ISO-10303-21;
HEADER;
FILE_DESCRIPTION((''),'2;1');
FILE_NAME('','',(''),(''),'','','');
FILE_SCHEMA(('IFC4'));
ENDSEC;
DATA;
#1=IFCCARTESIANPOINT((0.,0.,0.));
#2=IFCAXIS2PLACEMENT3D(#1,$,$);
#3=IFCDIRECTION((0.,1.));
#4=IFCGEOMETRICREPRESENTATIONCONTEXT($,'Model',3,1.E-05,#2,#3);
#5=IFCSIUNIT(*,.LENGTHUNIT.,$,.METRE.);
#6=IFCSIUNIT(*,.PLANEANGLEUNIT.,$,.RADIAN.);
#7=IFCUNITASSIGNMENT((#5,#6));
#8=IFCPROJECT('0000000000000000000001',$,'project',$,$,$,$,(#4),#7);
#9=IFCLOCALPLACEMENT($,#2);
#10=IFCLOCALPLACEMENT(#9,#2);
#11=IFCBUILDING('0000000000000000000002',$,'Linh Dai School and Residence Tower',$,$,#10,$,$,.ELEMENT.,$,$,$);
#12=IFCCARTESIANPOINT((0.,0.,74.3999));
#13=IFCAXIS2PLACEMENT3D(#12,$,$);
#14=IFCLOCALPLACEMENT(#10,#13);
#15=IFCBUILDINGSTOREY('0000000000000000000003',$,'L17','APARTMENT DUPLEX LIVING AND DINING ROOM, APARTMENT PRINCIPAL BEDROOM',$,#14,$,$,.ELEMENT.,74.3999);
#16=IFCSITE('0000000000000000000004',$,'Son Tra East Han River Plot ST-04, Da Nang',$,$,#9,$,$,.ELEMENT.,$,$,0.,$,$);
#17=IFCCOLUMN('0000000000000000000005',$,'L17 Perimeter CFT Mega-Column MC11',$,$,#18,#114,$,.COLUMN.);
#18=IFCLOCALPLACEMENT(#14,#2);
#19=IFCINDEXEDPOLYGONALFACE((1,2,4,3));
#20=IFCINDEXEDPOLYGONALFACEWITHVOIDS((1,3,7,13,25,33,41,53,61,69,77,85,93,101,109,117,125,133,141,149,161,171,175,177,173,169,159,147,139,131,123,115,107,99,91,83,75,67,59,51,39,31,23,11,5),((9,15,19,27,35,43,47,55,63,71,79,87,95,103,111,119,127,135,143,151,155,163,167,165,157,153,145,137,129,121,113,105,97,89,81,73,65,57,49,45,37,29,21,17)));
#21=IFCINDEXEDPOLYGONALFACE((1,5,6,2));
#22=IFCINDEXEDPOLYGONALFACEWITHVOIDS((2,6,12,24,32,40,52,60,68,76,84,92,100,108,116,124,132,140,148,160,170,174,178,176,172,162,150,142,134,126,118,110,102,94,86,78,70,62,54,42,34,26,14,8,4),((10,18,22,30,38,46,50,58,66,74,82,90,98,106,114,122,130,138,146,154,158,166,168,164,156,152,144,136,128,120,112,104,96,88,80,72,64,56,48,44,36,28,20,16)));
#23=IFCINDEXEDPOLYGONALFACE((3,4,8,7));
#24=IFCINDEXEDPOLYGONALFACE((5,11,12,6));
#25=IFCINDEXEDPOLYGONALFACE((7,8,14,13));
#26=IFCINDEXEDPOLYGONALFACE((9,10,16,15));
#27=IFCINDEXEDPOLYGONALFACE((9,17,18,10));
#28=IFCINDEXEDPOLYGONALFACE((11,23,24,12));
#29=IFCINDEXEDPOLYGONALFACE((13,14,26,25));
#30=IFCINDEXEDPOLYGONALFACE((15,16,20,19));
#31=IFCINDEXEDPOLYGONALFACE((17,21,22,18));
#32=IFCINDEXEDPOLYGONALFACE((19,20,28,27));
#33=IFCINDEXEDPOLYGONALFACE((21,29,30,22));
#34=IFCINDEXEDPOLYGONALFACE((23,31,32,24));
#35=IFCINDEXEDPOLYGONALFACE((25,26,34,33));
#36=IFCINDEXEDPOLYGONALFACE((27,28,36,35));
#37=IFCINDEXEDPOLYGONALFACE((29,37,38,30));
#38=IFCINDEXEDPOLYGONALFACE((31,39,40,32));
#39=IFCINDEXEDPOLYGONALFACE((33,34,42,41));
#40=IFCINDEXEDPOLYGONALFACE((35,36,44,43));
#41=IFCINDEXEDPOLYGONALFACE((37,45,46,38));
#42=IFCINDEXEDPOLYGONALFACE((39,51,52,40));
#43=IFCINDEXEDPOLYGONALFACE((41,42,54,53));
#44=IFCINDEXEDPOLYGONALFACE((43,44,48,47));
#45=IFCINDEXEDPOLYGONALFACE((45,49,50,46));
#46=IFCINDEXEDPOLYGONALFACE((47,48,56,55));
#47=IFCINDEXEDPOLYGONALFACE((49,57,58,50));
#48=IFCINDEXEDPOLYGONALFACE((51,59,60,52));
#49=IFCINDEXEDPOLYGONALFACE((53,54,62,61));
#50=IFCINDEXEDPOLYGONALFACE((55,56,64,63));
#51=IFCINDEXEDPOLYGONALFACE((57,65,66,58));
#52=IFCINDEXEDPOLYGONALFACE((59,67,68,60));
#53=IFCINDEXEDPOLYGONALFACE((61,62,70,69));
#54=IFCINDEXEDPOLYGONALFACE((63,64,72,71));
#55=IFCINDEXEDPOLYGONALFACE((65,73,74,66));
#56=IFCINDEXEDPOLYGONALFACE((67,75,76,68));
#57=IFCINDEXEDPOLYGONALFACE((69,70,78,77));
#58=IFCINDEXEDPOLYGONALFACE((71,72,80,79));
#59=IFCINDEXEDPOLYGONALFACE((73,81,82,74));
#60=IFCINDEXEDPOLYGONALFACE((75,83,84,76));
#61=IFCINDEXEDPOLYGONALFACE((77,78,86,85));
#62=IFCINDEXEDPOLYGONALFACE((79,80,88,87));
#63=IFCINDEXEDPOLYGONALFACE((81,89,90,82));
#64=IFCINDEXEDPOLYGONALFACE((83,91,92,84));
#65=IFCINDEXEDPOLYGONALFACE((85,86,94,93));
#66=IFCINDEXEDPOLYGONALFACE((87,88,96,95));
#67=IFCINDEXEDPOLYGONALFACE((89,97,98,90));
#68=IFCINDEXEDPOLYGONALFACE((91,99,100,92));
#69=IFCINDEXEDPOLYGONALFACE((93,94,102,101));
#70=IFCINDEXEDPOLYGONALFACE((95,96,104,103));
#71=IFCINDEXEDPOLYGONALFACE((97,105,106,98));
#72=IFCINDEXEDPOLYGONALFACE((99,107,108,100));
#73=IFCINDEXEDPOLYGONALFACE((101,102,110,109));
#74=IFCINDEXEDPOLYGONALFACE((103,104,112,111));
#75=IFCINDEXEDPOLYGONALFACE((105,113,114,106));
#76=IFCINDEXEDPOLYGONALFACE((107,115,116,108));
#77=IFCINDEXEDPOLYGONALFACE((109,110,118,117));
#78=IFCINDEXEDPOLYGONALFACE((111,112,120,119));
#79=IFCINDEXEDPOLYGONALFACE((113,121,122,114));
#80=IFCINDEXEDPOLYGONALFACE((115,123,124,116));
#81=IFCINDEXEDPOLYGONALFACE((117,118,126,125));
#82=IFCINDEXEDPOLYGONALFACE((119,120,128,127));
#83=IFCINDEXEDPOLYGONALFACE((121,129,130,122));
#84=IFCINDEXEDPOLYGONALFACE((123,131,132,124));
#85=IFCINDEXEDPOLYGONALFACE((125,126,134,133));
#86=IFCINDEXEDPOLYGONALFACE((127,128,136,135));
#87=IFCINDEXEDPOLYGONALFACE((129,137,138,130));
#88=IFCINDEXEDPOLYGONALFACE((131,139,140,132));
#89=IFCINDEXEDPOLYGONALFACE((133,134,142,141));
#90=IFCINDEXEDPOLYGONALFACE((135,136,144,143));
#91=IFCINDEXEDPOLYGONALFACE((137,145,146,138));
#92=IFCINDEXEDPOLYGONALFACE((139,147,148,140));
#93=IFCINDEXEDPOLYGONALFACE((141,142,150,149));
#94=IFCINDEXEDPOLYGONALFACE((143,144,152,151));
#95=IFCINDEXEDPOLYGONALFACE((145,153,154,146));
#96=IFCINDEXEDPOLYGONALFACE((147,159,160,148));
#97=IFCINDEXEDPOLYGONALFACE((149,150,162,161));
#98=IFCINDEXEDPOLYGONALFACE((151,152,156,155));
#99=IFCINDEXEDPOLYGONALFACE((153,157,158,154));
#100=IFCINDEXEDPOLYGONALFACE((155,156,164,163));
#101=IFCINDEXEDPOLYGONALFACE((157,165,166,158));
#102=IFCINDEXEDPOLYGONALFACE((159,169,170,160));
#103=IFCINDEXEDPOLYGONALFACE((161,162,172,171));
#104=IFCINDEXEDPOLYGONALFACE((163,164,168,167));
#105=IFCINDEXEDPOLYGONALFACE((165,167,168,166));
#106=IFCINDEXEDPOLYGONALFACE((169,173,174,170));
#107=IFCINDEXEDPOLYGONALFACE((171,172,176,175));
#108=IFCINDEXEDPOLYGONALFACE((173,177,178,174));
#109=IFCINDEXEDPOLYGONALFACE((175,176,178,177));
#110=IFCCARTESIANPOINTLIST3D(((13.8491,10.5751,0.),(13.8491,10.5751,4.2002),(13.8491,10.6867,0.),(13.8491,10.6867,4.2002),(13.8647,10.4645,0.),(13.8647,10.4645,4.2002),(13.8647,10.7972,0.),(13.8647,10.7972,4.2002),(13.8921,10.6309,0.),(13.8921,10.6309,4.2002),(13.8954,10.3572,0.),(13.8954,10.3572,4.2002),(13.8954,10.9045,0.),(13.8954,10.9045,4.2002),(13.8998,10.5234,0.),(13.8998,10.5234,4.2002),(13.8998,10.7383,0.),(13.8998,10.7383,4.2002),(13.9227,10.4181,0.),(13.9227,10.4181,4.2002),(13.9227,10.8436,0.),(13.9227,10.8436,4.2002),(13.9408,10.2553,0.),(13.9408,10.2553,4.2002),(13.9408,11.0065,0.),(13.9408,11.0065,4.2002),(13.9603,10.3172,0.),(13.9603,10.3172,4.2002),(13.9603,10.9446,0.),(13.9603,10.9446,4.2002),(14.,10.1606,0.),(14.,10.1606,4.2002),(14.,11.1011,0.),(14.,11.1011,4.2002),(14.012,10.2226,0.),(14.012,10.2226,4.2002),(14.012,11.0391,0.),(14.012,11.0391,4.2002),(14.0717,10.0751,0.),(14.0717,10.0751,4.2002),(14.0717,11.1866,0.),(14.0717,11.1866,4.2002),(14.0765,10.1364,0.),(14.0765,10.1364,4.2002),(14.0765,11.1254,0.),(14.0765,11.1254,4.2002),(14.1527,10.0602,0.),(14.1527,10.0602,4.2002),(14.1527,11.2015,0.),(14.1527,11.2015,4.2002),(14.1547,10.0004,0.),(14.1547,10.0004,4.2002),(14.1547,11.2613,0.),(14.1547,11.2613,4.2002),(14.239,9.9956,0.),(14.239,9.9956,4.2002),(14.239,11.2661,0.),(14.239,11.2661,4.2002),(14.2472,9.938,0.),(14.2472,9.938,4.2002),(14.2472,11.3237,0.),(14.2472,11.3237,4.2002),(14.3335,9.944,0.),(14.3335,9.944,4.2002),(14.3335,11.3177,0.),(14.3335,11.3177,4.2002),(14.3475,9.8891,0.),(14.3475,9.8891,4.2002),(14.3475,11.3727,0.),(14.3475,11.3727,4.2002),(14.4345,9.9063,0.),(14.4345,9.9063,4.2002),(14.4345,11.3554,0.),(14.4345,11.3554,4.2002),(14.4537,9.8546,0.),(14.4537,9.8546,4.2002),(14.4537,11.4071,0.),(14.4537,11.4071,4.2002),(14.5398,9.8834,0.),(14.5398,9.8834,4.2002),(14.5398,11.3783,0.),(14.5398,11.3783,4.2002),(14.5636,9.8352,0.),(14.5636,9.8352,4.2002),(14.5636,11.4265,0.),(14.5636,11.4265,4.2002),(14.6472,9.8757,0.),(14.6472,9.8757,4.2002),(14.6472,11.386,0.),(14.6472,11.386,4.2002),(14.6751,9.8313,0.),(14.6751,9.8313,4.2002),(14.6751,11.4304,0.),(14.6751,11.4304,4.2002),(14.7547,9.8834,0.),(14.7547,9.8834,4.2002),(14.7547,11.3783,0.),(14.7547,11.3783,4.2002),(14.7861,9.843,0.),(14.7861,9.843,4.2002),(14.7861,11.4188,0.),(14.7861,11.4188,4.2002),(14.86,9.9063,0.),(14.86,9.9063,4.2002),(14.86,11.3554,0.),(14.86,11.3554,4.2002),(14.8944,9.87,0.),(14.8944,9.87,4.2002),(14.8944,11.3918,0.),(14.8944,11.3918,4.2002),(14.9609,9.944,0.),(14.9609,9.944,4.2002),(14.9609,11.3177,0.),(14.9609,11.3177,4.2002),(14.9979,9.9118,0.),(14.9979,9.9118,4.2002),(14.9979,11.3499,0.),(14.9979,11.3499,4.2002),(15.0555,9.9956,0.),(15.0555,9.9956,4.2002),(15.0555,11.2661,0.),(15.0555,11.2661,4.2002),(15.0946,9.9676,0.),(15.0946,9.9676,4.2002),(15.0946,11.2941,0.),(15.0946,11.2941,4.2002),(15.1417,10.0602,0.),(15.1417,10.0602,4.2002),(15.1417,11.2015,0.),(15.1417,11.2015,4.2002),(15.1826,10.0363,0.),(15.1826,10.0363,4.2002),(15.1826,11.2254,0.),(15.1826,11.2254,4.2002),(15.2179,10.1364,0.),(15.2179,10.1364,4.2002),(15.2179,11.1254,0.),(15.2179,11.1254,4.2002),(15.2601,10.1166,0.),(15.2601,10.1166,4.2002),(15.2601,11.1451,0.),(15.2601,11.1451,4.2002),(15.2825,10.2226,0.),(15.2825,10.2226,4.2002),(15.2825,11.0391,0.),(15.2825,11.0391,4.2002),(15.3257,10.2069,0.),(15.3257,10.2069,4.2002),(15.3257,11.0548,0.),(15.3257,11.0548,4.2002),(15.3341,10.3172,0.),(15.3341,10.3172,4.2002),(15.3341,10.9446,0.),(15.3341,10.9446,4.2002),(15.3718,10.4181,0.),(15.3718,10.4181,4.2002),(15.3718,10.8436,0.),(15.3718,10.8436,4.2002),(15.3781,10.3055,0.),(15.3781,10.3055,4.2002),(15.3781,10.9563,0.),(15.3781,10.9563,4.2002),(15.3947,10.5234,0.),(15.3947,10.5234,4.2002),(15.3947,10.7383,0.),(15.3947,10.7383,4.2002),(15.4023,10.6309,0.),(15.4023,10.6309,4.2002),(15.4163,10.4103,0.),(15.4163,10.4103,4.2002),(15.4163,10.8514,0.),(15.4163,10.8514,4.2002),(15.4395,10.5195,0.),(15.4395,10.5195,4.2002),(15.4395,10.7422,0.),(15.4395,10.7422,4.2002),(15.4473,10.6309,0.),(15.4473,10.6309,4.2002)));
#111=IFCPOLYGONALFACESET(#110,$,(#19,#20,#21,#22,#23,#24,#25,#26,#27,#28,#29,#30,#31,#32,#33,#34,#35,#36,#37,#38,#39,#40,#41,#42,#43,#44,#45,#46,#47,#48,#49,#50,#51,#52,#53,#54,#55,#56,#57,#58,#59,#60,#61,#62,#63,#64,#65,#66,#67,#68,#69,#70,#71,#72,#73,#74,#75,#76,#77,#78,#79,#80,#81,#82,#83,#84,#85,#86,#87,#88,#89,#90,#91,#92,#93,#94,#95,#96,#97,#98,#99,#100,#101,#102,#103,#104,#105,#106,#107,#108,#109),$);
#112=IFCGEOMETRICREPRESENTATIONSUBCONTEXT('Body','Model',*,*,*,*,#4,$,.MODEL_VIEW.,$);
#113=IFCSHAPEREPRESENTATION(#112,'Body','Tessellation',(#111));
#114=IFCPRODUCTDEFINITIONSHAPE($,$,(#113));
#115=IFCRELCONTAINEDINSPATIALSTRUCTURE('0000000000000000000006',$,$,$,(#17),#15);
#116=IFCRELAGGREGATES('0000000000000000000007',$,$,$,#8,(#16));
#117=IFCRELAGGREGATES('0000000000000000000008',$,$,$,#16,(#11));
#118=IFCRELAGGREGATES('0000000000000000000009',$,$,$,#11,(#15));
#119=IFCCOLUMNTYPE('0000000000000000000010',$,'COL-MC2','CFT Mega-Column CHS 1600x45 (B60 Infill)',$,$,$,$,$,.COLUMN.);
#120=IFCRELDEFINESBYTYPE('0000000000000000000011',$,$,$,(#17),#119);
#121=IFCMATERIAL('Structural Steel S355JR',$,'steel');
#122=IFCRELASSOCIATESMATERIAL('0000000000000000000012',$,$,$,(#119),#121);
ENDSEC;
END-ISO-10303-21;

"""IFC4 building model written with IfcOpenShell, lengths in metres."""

from ifc_helpers import new_model, si_unit, direction, frame, origin, origin_2d, place, context, subcontext, project, spatial, hollow_circle, extrude, material, material_profile, profile_set, type_object, element, save


model = new_model("IFC4")

# Units and contexts
model_context = context("Model", 3, precision=1e-05, world=origin(), true_north=direction((0.0, 1.0)))
body_context = subcontext(model_context, "Body", "Model", "MODEL_VIEW")
ifc_project = project(units=[si_unit("LENGTHUNIT", "METRE"), si_unit("PLANEANGLEUNIT", "RADIAN")], contexts=[model_context])

# Site, building, storey
site_placement = place(None, origin())
site = spatial("IfcSite", under=ifc_project, at=site_placement, Name="Son Tra East Han River Plot ST-04, Da Nang", CompositionType="ELEMENT", RefElevation=0.0)
building_placement = place(site_placement, origin())
building = spatial("IfcBuilding", under=site, at=building_placement, Name="Linh Dai School and Residence Tower", CompositionType="ELEMENT")
storey_placement = place(building_placement, frame((0.0, 0.0, 74.3999)))
storey = spatial("IfcBuildingStorey", under=building, at=storey_placement, Name="L17", Description="APARTMENT DUPLEX LIVING AND DINING ROOM, APARTMENT PRINCIPAL BEDROOM", CompositionType="ELEMENT", Elevation=74.3999)

# Column
ifc_material_1 = material(Name="Structural Steel S355JR", Category="steel")
ifc_material_profile_1 = material_profile(ifc_material_1, hollow_circle(Radius=0.8, WallThickness=0.0449, at=origin_2d()), Name="CHS 1600x45")
ifc_profile_set_1 = profile_set([ifc_material_profile_1], Name="Structural Steel S355JR")
column_type = type_object("IfcColumnType", Name="COL-MC2", Description="CFT Mega-Column CHS 1600x45 (B60 Infill)", PredefinedType="COLUMN", material=ifc_profile_set_1)
for number, where, z_axis, x_axis, name in (
    (1, (14.6472, 10.6309, 0.0), (0.0, 0.0, 1.0), (1.0, 0.0, 0.0), "L17 Perimeter CFT Mega-Column MC11"),
):
    element("IfcColumn", number, at=place(storey_placement, frame(where, z_axis=z_axis, x_axis=x_axis)), inside=storey, type_object=column_type, Name=name, PredefinedType="COLUMN", context=body_context, shape_type="SweptSolid", body=[
        extrude(hollow_circle(Radius=0.8, WallThickness=0.0449, at=origin_2d()), origin(), (0.0, 0.0, 1.0), 4.2002),
    ])

save(model, "model.ifc")
